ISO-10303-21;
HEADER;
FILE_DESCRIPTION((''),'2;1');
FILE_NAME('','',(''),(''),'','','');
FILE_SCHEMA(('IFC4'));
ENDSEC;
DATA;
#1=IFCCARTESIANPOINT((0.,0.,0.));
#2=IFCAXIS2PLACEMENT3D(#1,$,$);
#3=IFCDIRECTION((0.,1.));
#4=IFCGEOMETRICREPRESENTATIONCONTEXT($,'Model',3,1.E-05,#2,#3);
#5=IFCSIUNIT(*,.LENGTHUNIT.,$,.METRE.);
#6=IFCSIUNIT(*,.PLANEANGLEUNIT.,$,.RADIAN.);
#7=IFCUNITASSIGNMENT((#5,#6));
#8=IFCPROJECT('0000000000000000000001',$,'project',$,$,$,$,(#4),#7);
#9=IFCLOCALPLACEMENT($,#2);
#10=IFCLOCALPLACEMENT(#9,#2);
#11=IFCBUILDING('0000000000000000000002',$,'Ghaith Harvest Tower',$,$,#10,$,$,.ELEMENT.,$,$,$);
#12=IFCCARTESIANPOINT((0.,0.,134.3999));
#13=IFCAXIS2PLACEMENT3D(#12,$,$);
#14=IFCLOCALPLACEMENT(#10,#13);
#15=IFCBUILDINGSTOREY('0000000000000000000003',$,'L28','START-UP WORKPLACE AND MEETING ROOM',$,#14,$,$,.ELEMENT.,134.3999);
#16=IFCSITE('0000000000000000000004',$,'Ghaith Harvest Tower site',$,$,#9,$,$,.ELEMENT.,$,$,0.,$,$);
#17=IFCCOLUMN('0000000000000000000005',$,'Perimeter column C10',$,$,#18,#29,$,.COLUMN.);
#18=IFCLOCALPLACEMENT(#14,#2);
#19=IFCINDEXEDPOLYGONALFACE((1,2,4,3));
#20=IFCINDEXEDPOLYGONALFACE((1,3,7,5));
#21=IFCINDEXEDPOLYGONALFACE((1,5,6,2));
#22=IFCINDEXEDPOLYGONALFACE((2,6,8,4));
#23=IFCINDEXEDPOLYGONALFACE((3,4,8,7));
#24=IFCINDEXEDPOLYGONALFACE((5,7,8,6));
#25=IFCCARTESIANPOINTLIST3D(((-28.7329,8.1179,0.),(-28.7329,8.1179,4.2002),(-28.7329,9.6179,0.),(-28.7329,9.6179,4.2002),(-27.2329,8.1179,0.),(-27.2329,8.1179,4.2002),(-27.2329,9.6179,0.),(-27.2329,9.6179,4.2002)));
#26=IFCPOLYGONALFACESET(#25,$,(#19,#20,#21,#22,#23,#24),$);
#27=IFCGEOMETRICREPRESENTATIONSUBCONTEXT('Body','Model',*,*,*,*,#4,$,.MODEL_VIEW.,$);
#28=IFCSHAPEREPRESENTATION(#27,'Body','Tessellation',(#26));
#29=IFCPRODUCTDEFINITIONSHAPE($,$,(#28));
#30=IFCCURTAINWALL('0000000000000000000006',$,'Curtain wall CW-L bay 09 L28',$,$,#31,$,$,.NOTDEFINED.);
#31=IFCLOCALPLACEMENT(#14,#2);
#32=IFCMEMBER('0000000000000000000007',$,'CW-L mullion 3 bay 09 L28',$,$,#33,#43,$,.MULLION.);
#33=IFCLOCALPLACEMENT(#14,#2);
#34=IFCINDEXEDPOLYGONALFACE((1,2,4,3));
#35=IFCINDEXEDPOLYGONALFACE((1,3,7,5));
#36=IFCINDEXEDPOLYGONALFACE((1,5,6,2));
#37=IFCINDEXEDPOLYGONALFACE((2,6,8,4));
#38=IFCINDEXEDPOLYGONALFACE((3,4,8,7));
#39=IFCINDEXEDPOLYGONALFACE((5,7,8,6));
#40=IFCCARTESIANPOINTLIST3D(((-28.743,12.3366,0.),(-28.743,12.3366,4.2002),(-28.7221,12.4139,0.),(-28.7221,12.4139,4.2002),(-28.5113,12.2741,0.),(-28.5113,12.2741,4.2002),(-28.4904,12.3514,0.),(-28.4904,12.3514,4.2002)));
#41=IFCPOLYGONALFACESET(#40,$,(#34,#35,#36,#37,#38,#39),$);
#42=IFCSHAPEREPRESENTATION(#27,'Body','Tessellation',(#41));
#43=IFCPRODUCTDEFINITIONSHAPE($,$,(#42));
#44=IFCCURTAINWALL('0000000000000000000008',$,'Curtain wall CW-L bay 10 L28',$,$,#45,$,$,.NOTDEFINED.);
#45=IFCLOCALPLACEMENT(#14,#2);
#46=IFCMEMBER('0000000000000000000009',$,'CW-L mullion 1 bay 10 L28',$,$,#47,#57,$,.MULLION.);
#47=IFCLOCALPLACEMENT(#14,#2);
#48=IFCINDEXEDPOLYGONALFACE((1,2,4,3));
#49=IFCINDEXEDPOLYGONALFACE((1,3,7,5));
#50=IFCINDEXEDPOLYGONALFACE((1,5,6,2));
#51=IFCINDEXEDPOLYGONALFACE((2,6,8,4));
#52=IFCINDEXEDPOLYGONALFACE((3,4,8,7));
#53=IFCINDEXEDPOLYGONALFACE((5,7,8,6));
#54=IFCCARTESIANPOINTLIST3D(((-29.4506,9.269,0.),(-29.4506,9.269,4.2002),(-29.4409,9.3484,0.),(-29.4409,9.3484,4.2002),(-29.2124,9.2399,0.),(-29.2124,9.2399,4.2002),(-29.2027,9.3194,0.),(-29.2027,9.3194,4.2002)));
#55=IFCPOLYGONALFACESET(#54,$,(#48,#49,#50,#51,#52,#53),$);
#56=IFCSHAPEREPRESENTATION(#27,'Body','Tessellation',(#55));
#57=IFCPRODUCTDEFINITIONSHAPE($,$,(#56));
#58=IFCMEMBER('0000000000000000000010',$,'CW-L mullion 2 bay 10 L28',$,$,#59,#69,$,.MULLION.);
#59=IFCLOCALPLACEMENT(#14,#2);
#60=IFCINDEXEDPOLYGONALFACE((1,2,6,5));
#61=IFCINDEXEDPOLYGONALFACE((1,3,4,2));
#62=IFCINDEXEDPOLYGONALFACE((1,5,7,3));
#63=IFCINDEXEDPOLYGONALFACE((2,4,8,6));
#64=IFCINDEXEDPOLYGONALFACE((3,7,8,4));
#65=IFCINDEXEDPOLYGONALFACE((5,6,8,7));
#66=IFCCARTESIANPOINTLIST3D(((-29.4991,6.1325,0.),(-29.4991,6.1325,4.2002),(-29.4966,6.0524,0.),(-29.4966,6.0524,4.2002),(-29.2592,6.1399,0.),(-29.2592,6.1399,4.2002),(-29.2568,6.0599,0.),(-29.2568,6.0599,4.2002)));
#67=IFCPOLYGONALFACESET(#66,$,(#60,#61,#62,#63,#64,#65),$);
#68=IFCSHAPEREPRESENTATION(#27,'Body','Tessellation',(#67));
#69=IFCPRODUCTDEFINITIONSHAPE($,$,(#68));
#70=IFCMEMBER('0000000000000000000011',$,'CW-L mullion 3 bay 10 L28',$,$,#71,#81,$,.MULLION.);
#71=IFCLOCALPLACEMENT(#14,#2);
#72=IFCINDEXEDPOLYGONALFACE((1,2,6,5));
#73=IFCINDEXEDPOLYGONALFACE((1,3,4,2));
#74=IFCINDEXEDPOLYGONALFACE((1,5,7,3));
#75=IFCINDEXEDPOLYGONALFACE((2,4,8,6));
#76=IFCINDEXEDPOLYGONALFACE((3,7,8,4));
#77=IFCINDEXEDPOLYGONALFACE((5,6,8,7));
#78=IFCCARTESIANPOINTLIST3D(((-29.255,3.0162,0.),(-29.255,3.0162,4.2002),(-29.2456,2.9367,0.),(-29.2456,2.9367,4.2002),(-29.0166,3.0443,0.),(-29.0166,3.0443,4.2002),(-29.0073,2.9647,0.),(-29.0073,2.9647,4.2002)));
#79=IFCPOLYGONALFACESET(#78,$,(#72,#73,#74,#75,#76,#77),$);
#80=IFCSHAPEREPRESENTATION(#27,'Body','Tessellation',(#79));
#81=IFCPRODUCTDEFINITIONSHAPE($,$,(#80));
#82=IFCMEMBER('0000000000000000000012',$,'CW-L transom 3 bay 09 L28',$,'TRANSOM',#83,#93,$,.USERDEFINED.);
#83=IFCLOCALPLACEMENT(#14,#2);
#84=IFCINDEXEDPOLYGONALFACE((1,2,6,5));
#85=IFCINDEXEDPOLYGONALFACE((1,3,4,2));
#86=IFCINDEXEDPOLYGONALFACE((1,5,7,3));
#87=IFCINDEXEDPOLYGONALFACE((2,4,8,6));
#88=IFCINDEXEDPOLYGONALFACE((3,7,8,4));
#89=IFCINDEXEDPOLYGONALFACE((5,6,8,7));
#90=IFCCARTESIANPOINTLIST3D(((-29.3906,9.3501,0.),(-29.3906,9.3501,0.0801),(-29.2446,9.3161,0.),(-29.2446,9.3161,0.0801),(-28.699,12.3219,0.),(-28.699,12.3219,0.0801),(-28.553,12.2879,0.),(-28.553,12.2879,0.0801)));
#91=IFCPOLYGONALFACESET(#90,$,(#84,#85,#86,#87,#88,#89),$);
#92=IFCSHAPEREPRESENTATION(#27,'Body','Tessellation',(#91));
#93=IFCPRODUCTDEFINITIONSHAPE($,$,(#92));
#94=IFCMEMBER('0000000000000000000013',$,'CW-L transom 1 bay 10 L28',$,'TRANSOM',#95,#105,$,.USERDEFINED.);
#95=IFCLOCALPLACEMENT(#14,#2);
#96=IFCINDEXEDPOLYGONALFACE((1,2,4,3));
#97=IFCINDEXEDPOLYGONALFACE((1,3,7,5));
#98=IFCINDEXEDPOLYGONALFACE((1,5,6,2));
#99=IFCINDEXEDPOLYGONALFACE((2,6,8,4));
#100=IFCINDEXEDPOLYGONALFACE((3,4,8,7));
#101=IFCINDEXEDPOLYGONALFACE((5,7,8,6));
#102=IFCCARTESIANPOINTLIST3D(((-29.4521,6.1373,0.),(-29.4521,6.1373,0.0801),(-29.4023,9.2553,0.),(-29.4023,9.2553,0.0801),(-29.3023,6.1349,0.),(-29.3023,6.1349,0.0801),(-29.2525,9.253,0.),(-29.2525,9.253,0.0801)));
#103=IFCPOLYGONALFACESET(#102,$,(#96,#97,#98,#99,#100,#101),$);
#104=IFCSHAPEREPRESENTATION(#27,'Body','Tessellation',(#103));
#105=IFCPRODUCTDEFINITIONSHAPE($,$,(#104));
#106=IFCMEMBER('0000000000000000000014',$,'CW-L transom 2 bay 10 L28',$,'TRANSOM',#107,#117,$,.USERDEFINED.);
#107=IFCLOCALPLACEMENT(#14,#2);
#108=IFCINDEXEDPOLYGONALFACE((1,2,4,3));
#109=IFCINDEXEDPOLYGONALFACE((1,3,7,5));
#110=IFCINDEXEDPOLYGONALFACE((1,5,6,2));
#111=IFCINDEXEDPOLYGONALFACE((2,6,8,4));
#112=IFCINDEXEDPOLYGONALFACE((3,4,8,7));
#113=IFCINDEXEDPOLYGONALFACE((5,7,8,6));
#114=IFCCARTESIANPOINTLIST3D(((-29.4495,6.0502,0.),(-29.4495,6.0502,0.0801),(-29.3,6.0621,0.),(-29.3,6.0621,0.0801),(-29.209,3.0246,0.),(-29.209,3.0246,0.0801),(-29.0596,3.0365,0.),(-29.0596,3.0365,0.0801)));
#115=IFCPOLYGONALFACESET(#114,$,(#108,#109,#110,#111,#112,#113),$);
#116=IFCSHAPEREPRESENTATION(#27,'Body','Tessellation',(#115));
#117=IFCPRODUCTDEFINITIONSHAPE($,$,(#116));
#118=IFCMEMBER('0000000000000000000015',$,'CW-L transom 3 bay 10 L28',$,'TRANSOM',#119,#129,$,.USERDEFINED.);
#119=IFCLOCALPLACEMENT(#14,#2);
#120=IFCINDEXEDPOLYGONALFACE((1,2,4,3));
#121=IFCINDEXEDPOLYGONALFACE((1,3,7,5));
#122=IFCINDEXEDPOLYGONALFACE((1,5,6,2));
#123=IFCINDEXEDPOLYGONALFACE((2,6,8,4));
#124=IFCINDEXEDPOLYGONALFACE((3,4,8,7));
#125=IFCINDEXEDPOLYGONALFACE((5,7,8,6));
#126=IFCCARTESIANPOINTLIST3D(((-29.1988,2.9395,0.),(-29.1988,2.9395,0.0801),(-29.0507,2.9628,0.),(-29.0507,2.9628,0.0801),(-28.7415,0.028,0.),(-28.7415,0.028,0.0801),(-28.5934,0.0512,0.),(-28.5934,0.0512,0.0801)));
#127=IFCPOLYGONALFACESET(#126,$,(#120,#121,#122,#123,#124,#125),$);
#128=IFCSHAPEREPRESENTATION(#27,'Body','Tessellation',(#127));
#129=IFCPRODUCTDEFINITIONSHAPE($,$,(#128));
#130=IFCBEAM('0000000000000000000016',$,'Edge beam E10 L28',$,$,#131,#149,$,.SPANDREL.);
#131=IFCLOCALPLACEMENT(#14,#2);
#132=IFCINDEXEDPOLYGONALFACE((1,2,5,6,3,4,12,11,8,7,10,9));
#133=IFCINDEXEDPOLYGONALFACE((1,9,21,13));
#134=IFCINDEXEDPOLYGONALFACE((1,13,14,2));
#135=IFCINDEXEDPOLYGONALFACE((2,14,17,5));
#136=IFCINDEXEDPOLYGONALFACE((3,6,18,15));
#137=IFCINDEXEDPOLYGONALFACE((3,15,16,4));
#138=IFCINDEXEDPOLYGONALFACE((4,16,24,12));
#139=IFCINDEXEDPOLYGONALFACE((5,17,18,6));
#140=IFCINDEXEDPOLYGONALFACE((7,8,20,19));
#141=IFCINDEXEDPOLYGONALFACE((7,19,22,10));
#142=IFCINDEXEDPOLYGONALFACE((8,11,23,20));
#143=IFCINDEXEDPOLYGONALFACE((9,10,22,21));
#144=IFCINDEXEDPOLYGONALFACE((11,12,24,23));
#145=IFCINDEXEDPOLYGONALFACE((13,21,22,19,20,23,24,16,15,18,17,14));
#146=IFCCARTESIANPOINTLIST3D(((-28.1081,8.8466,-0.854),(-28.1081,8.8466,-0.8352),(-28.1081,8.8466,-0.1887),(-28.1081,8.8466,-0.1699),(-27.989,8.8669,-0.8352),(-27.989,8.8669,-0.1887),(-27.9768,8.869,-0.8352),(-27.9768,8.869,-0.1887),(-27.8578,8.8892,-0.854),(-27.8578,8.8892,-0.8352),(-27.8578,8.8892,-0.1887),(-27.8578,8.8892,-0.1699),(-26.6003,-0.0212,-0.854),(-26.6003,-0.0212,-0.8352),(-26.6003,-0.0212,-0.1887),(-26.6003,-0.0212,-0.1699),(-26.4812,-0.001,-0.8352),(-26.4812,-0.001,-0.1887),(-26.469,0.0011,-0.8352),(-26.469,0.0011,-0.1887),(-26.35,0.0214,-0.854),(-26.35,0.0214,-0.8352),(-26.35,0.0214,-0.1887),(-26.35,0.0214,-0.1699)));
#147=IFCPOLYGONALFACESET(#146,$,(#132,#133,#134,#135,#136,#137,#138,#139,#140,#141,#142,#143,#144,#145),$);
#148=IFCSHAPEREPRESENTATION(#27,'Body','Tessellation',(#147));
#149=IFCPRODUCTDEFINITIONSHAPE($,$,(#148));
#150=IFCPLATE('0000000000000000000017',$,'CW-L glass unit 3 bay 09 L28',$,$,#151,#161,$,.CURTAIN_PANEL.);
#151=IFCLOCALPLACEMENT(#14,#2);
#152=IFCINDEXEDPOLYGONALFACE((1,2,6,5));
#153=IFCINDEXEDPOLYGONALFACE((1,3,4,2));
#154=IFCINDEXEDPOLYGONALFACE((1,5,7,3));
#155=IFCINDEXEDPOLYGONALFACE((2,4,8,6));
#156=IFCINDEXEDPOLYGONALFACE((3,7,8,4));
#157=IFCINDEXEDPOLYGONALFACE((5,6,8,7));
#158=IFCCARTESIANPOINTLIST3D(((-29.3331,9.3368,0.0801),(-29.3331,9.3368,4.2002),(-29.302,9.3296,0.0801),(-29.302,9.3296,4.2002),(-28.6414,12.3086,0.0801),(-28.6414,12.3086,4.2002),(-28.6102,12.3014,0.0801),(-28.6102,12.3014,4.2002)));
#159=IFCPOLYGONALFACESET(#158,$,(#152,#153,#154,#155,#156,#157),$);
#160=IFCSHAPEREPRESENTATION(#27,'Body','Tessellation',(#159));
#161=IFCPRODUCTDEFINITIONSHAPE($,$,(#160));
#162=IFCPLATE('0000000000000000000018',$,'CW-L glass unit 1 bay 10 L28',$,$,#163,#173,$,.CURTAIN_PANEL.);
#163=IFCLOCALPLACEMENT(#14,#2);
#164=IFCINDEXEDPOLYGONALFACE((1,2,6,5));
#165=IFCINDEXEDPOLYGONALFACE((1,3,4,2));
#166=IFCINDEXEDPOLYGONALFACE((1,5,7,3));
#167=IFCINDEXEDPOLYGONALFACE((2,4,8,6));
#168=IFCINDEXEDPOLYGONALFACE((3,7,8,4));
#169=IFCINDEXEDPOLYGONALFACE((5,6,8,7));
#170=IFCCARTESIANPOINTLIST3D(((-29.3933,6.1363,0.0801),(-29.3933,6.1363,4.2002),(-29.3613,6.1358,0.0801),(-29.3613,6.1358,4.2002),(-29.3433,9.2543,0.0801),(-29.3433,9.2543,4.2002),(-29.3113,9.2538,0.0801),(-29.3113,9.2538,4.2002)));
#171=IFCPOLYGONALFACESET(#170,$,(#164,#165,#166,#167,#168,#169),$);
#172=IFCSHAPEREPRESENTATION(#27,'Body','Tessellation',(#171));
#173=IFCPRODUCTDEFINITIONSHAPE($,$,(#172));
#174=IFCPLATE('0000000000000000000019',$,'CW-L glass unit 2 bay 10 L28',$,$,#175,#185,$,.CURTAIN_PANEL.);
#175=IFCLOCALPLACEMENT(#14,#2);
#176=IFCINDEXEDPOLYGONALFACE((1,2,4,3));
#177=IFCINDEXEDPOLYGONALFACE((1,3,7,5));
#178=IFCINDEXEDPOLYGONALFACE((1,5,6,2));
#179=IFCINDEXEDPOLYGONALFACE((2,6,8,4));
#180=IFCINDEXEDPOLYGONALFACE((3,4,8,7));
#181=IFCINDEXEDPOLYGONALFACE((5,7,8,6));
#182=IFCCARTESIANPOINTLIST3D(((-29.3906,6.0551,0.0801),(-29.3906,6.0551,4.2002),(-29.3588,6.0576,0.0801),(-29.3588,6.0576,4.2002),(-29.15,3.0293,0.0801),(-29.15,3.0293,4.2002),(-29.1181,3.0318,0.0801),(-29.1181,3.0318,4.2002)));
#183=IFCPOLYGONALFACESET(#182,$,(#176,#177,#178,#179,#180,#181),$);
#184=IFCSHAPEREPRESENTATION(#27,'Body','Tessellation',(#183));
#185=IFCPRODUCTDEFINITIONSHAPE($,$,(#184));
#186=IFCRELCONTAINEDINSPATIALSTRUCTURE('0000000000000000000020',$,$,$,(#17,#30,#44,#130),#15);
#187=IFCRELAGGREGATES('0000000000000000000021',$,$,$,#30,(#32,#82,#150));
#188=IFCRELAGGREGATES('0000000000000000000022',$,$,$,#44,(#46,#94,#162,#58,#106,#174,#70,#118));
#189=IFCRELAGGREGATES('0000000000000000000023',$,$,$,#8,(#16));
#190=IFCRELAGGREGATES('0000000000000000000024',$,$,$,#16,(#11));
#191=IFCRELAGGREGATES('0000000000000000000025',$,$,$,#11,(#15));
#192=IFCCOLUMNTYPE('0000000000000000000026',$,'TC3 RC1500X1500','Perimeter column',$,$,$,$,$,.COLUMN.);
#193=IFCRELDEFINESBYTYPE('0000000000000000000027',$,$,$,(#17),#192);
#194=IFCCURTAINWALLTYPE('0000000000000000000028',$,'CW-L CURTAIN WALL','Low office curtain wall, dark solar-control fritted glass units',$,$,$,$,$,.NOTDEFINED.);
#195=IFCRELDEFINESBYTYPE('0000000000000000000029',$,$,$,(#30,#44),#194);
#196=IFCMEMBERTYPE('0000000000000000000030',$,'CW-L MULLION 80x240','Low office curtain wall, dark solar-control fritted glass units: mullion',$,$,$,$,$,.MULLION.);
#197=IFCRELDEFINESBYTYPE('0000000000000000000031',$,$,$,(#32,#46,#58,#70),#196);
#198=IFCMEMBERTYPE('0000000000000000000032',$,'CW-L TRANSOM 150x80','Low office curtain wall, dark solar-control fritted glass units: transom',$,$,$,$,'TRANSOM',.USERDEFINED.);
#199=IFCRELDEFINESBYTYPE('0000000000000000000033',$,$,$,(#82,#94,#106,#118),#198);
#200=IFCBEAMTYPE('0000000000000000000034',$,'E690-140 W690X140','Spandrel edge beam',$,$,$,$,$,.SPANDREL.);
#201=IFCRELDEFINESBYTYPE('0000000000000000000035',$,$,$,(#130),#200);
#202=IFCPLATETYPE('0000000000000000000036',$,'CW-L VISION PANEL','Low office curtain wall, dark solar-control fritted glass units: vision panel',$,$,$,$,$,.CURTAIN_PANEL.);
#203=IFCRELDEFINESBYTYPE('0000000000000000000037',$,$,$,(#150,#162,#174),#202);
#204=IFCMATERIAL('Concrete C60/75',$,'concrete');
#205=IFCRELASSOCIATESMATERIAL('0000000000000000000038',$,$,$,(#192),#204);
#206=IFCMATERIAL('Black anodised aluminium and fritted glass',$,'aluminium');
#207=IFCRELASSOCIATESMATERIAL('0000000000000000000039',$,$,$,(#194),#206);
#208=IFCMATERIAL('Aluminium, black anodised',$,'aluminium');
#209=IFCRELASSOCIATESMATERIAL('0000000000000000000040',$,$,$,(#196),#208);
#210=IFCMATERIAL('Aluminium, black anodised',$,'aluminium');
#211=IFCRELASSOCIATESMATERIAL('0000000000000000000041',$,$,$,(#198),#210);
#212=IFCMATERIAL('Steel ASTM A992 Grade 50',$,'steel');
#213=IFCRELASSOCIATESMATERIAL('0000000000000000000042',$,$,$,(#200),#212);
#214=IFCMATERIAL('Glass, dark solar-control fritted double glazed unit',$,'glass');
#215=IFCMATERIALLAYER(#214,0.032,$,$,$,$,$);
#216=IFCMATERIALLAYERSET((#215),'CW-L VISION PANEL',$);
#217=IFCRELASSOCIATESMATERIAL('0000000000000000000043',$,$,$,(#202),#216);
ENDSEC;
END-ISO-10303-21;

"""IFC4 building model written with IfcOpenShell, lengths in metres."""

from ifc_helpers import new_model, si_unit, direction, frame, origin, origin_2d, place, context, subcontext, project, spatial, rectangle, i_section, extrude, material, layer, layer_set, material_profile, profile_set, type_object, element, aggregate, save


model = new_model("IFC4")

# Units and contexts
model_context = context("Model", 3, precision=1e-05, world=origin(), true_north=direction((0.0, 1.0)))
body_context = subcontext(model_context, "Body", "Model", "MODEL_VIEW")
ifc_project = project(units=[si_unit("LENGTHUNIT", "METRE"), si_unit("PLANEANGLEUNIT", "RADIAN")], contexts=[model_context])

# Site, building, storey
site_placement = place(None, origin())
site = spatial("IfcSite", under=ifc_project, at=site_placement, Name="Ghaith Harvest Tower site", CompositionType="ELEMENT", RefElevation=0.0)
building_placement = place(site_placement, origin())
building = spatial("IfcBuilding", under=site, at=building_placement, Name="Ghaith Harvest Tower", CompositionType="ELEMENT")
storey_placement = place(building_placement, frame((0.0, 0.0, 134.3999)))
storey = spatial("IfcBuildingStorey", under=building, at=storey_placement, Name="L28", Description="START-UP WORKPLACE AND MEETING ROOM", CompositionType="ELEMENT", Elevation=134.3999)

# Column
ifc_material_1 = material(Name="Concrete C60/75", Category="concrete")
ifc_material_profile_1 = material_profile(ifc_material_1, rectangle(XDim=1.5, YDim=1.5, at=origin_2d()), Name="RC1500X1500")
ifc_profile_set_1 = profile_set([ifc_material_profile_1], Name="Concrete C60/75")
column_type = type_object("IfcColumnType", Name="TC3 RC1500X1500", Description="Perimeter column", PredefinedType="COLUMN", material=ifc_profile_set_1)
column_placement = place(storey_placement, frame((-27.9829, 8.8679, 0.0), z_axis=(0.0, 0.0, 1.0), x_axis=(1.0, 0.0, 0.0)))
element("IfcColumn", 1, at=column_placement, inside=storey, type_object=column_type, Name="Perimeter column C10", PredefinedType="COLUMN", context=body_context, shape_type="SweptSolid", body=[
    extrude(rectangle(XDim=1.5, YDim=1.5, at=origin_2d()), origin(), (0.0, 0.0, 1.0), 4.2002),
])

# Curtain wall, member
ifc_material_2 = material(Name="Black anodised aluminium and fritted glass", Category="aluminium")
curtain_wall_type = type_object("IfcCurtainWallType", Name="CW-L CURTAIN WALL", Description="Low office curtain wall, dark solar-control fritted glass units", PredefinedType="NOTDEFINED", material=ifc_material_2)
curtain_wall_1_placement = place(storey_placement, origin())
curtain_wall_1 = element("IfcCurtainWall", 2, at=curtain_wall_1_placement, inside=storey, type_object=curtain_wall_type, Name="Curtain wall CW-L bay 09 L28", PredefinedType="NOTDEFINED")
ifc_material_3 = material(Name="Aluminium, black anodised", Category="aluminium")
ifc_material_profile_2 = material_profile(ifc_material_3, rectangle(XDim=0.0801, YDim=0.24, at=origin_2d()), Name="CW-L MULLION 80x240")
ifc_profile_set_2 = profile_set([ifc_material_profile_2], Name="Aluminium, black anodised")
member_type_1 = type_object("IfcMemberType", Name="CW-L MULLION 80x240", Description="Low office curtain wall, dark solar-control fritted glass units: mullion", PredefinedType="MULLION", material=ifc_profile_set_2)
member_1_placement = place(storey_placement, frame((-28.6167, 12.344, 0.0), z_axis=(0.0, 0.0, 1.0), x_axis=(-0.260727, -0.965412, 0.0)))
member_1 = element("IfcMember", 3, at=member_1_placement, type_object=member_type_1, Name="CW-L mullion 3 bay 09 L28", PredefinedType="MULLION", context=body_context, shape_type="SweptSolid", body=[
    extrude(rectangle(XDim=0.0801, YDim=0.24, at=origin_2d()), origin(), (0.0, 0.0, 1.0), 4.2002),
])

# Curtain wall, members
curtain_wall_2_placement = place(storey_placement, origin())
curtain_wall_2 = element("IfcCurtainWall", 4, at=curtain_wall_2_placement, inside=storey, type_object=curtain_wall_type, Name="Curtain wall CW-L bay 10 L28", PredefinedType="NOTDEFINED")
member_2_placement = place(storey_placement, frame((-29.3267, 9.2942, 0.0), z_axis=(0.0, 0.0, 1.0), x_axis=(-0.120932, -0.992661, 0.0)))
member_2 = element("IfcMember", 5, at=member_2_placement, type_object=member_type_1, Name="CW-L mullion 1 bay 10 L28", PredefinedType="MULLION", context=body_context, shape_type="SweptSolid", body=[
    extrude(rectangle(XDim=0.0801, YDim=0.24, at=origin_2d()), origin(), (0.0, 0.0, 1.0), 4.2002),
])
member_3_placement = place(storey_placement, frame((-29.3779, 6.0962, 0.0), z_axis=(0.0, 0.0, 1.0), x_axis=(0.031028, -0.999519, 0.0)))
member_3 = element("IfcMember", 6, at=member_3_placement, type_object=member_type_1, Name="CW-L mullion 2 bay 10 L28", PredefinedType="MULLION", context=body_context, shape_type="SweptSolid", body=[
    extrude(rectangle(XDim=0.0801, YDim=0.24, at=origin_2d()), origin(), (0.0, 0.0, 1.0), 4.2002),
])
member_4_placement = place(storey_placement, frame((-29.1311, 2.9905, 0.0), z_axis=(0.0, 0.0, 1.0), x_axis=(0.116764, -0.99316, 0.0)))
member_4 = element("IfcMember", 7, at=member_4_placement, type_object=member_type_1, Name="CW-L mullion 3 bay 10 L28", PredefinedType="MULLION", context=body_context, shape_type="SweptSolid", body=[
    extrude(rectangle(XDim=0.0801, YDim=0.24, at=origin_2d()), origin(), (0.0, 0.0, 1.0), 4.2002),
])

# Members
ifc_material_4 = material(Name="Aluminium, black anodised", Category="aluminium")
ifc_material_profile_3 = material_profile(ifc_material_4, rectangle(XDim=0.1499, YDim=0.0801, at=origin_2d()), Name="CW-L TRANSOM 150x80")
ifc_profile_set_3 = profile_set([ifc_material_profile_3], Name="Aluminium, black anodised")
member_type_2 = type_object("IfcMemberType", Name="CW-L TRANSOM 150x80", Description="Low office curtain wall, dark solar-control fritted glass units: transom", ElementType="TRANSOM", PredefinedType="USERDEFINED", material=ifc_profile_set_3)
member_5_placement = place(storey_placement, frame((-28.626, 12.3049, 0.04), z_axis=(-0.226671, -0.973971, 0.0), x_axis=(0.973971, -0.226671, 0.0)))
member_5 = element("IfcMember", 8, at=member_5_placement, type_object=member_type_2, Name="CW-L transom 3 bay 09 L28", ObjectType="TRANSOM", PredefinedType="USERDEFINED", context=body_context, shape_type="SweptSolid", body=[
    extrude(rectangle(XDim=0.1499, YDim=0.0801, at=origin_2d()), origin(), (0.0, 0.0, 1.0), 3.0513),
])
member_6_placement = place(storey_placement, frame((-29.3274, 9.2542, 0.04), z_axis=(-0.015972, -0.999872, 0.0), x_axis=(0.999872, -0.015972, 0.0)))
member_6 = element("IfcMember", 9, at=member_6_placement, type_object=member_type_2, Name="CW-L transom 1 bay 10 L28", ObjectType="TRANSOM", PredefinedType="USERDEFINED", context=body_context, shape_type="SweptSolid", body=[
    extrude(rectangle(XDim=0.1499, YDim=0.0801, at=origin_2d()), origin(), (0.0, 0.0, 1.0), 3.1184),
])
member_7_placement = place(storey_placement, frame((-29.3748, 6.0562, 0.04), z_axis=(0.07923, -0.996856, 0.0), x_axis=(0.996856, 0.07923, 0.0)))
member_7 = element("IfcMember", 10, at=member_7_placement, type_object=member_type_2, Name="CW-L transom 2 bay 10 L28", ObjectType="TRANSOM", PredefinedType="USERDEFINED", context=body_context, shape_type="SweptSolid", body=[
    extrude(rectangle(XDim=0.1499, YDim=0.0801, at=origin_2d()), origin(), (0.0, 0.0, 1.0), 3.0352),
])
member_8_placement = place(storey_placement, frame((-29.1248, 2.9512, 0.04), z_axis=(0.15515, -0.987891, 0.0), x_axis=(0.987891, 0.15515, 0.0)))
member_8 = element("IfcMember", 11, at=member_8_placement, type_object=member_type_2, Name="CW-L transom 3 bay 10 L28", ObjectType="TRANSOM", PredefinedType="USERDEFINED", context=body_context, shape_type="SweptSolid", body=[
    extrude(rectangle(XDim=0.1499, YDim=0.0801, at=origin_2d()), origin(), (0.0, 0.0, 1.0), 2.9473),
])

# Beam
ifc_material_5 = material(Name="Steel ASTM A992 Grade 50", Category="steel")
ifc_material_profile_4 = material_profile(ifc_material_5, i_section(OverallWidth=0.2539, OverallDepth=0.6841, WebThickness=0.0125, FlangeThickness=0.0188, at=origin_2d()), Name="W690X140")
ifc_profile_set_4 = profile_set([ifc_material_profile_4], Name="Steel ASTM A992 Grade 50")
beam_type = type_object("IfcBeamType", Name="E690-140 W690X140", Description="Spandrel edge beam", PredefinedType="SPANDREL", material=ifc_profile_set_4)
beam_placement = place(storey_placement, frame((-27.9829, 8.8679, -0.512), z_axis=(0.167624, -0.985851, 0.0), x_axis=(0.985851, 0.167624, 0.0)))
element("IfcBeam", 12, at=beam_placement, inside=storey, type_object=beam_type, Name="Edge beam E10 L28", PredefinedType="SPANDREL", context=body_context, shape_type="SweptSolid", body=[
    extrude(i_section(OverallWidth=0.2539, OverallDepth=0.6841, WebThickness=0.0125, FlangeThickness=0.0188, at=origin_2d()), origin(), (0.0, 0.0, 1.0), 8.9951),
])

# Plates
ifc_material_6 = material(Name="Glass, dark solar-control fritted double glazed unit", Category="glass")
ifc_layer_1 = layer(ifc_material_6, 0.032)
ifc_layer_set_1 = layer_set([ifc_layer_1], Name="CW-L VISION PANEL")
plate_type_1 = type_object("IfcPlateType", Name="CW-L VISION PANEL", Description="Low office curtain wall, dark solar-control fritted glass units: vision panel", PredefinedType="CURTAIN_PANEL", material=ifc_layer_set_1)
plate_1_placement = place(storey_placement, frame((-28.9717, 10.8191, 0.0801), z_axis=(0.0, 0.0, 1.0), x_axis=(-0.226699, -0.973965, 0.0)))
plate_1 = element("IfcPlate", 13, at=plate_1_placement, type_object=plate_type_1, Name="CW-L glass unit 3 bay 09 L28", PredefinedType="CURTAIN_PANEL", context=body_context, shape_type="SweptSolid", body=[
    extrude(rectangle(XDim=3.0513, YDim=0.032, at=origin_2d()), origin(), (0.0, 0.0, 1.0), 4.1201),
])
aggregate(curtain_wall_1, [member_1, member_5, plate_1])
plate_2_placement = place(storey_placement, frame((-29.3523, 7.6951, 0.0801), z_axis=(0.0, 0.0, 1.0), x_axis=(-0.016034, -0.999871, 0.0)))
plate_2 = element("IfcPlate", 14, at=plate_2_placement, type_object=plate_type_1, Name="CW-L glass unit 1 bay 10 L28", PredefinedType="CURTAIN_PANEL", context=body_context, shape_type="SweptSolid", body=[
    extrude(rectangle(XDim=3.1184, YDim=0.032, at=origin_2d()), origin(), (0.0, 0.0, 1.0), 4.1201),
])
plate_3_placement = place(storey_placement, frame((-29.2544, 4.5435, 0.0801), z_axis=(0.0, 0.0, 1.0), x_axis=(0.079273, -0.996853, 0.0)))
plate_3 = element("IfcPlate", 15, at=plate_3_placement, type_object=plate_type_1, Name="CW-L glass unit 2 bay 10 L28", PredefinedType="CURTAIN_PANEL", context=body_context, shape_type="SweptSolid", body=[
    extrude(rectangle(XDim=3.0354, YDim=0.032, at=origin_2d()), origin(), (0.0, 0.0, 1.0), 4.1201),
])
aggregate(curtain_wall_2, [member_2, member_6, plate_2, member_3, member_7, plate_3, member_4, member_8])

save(model, "model.ifc")
